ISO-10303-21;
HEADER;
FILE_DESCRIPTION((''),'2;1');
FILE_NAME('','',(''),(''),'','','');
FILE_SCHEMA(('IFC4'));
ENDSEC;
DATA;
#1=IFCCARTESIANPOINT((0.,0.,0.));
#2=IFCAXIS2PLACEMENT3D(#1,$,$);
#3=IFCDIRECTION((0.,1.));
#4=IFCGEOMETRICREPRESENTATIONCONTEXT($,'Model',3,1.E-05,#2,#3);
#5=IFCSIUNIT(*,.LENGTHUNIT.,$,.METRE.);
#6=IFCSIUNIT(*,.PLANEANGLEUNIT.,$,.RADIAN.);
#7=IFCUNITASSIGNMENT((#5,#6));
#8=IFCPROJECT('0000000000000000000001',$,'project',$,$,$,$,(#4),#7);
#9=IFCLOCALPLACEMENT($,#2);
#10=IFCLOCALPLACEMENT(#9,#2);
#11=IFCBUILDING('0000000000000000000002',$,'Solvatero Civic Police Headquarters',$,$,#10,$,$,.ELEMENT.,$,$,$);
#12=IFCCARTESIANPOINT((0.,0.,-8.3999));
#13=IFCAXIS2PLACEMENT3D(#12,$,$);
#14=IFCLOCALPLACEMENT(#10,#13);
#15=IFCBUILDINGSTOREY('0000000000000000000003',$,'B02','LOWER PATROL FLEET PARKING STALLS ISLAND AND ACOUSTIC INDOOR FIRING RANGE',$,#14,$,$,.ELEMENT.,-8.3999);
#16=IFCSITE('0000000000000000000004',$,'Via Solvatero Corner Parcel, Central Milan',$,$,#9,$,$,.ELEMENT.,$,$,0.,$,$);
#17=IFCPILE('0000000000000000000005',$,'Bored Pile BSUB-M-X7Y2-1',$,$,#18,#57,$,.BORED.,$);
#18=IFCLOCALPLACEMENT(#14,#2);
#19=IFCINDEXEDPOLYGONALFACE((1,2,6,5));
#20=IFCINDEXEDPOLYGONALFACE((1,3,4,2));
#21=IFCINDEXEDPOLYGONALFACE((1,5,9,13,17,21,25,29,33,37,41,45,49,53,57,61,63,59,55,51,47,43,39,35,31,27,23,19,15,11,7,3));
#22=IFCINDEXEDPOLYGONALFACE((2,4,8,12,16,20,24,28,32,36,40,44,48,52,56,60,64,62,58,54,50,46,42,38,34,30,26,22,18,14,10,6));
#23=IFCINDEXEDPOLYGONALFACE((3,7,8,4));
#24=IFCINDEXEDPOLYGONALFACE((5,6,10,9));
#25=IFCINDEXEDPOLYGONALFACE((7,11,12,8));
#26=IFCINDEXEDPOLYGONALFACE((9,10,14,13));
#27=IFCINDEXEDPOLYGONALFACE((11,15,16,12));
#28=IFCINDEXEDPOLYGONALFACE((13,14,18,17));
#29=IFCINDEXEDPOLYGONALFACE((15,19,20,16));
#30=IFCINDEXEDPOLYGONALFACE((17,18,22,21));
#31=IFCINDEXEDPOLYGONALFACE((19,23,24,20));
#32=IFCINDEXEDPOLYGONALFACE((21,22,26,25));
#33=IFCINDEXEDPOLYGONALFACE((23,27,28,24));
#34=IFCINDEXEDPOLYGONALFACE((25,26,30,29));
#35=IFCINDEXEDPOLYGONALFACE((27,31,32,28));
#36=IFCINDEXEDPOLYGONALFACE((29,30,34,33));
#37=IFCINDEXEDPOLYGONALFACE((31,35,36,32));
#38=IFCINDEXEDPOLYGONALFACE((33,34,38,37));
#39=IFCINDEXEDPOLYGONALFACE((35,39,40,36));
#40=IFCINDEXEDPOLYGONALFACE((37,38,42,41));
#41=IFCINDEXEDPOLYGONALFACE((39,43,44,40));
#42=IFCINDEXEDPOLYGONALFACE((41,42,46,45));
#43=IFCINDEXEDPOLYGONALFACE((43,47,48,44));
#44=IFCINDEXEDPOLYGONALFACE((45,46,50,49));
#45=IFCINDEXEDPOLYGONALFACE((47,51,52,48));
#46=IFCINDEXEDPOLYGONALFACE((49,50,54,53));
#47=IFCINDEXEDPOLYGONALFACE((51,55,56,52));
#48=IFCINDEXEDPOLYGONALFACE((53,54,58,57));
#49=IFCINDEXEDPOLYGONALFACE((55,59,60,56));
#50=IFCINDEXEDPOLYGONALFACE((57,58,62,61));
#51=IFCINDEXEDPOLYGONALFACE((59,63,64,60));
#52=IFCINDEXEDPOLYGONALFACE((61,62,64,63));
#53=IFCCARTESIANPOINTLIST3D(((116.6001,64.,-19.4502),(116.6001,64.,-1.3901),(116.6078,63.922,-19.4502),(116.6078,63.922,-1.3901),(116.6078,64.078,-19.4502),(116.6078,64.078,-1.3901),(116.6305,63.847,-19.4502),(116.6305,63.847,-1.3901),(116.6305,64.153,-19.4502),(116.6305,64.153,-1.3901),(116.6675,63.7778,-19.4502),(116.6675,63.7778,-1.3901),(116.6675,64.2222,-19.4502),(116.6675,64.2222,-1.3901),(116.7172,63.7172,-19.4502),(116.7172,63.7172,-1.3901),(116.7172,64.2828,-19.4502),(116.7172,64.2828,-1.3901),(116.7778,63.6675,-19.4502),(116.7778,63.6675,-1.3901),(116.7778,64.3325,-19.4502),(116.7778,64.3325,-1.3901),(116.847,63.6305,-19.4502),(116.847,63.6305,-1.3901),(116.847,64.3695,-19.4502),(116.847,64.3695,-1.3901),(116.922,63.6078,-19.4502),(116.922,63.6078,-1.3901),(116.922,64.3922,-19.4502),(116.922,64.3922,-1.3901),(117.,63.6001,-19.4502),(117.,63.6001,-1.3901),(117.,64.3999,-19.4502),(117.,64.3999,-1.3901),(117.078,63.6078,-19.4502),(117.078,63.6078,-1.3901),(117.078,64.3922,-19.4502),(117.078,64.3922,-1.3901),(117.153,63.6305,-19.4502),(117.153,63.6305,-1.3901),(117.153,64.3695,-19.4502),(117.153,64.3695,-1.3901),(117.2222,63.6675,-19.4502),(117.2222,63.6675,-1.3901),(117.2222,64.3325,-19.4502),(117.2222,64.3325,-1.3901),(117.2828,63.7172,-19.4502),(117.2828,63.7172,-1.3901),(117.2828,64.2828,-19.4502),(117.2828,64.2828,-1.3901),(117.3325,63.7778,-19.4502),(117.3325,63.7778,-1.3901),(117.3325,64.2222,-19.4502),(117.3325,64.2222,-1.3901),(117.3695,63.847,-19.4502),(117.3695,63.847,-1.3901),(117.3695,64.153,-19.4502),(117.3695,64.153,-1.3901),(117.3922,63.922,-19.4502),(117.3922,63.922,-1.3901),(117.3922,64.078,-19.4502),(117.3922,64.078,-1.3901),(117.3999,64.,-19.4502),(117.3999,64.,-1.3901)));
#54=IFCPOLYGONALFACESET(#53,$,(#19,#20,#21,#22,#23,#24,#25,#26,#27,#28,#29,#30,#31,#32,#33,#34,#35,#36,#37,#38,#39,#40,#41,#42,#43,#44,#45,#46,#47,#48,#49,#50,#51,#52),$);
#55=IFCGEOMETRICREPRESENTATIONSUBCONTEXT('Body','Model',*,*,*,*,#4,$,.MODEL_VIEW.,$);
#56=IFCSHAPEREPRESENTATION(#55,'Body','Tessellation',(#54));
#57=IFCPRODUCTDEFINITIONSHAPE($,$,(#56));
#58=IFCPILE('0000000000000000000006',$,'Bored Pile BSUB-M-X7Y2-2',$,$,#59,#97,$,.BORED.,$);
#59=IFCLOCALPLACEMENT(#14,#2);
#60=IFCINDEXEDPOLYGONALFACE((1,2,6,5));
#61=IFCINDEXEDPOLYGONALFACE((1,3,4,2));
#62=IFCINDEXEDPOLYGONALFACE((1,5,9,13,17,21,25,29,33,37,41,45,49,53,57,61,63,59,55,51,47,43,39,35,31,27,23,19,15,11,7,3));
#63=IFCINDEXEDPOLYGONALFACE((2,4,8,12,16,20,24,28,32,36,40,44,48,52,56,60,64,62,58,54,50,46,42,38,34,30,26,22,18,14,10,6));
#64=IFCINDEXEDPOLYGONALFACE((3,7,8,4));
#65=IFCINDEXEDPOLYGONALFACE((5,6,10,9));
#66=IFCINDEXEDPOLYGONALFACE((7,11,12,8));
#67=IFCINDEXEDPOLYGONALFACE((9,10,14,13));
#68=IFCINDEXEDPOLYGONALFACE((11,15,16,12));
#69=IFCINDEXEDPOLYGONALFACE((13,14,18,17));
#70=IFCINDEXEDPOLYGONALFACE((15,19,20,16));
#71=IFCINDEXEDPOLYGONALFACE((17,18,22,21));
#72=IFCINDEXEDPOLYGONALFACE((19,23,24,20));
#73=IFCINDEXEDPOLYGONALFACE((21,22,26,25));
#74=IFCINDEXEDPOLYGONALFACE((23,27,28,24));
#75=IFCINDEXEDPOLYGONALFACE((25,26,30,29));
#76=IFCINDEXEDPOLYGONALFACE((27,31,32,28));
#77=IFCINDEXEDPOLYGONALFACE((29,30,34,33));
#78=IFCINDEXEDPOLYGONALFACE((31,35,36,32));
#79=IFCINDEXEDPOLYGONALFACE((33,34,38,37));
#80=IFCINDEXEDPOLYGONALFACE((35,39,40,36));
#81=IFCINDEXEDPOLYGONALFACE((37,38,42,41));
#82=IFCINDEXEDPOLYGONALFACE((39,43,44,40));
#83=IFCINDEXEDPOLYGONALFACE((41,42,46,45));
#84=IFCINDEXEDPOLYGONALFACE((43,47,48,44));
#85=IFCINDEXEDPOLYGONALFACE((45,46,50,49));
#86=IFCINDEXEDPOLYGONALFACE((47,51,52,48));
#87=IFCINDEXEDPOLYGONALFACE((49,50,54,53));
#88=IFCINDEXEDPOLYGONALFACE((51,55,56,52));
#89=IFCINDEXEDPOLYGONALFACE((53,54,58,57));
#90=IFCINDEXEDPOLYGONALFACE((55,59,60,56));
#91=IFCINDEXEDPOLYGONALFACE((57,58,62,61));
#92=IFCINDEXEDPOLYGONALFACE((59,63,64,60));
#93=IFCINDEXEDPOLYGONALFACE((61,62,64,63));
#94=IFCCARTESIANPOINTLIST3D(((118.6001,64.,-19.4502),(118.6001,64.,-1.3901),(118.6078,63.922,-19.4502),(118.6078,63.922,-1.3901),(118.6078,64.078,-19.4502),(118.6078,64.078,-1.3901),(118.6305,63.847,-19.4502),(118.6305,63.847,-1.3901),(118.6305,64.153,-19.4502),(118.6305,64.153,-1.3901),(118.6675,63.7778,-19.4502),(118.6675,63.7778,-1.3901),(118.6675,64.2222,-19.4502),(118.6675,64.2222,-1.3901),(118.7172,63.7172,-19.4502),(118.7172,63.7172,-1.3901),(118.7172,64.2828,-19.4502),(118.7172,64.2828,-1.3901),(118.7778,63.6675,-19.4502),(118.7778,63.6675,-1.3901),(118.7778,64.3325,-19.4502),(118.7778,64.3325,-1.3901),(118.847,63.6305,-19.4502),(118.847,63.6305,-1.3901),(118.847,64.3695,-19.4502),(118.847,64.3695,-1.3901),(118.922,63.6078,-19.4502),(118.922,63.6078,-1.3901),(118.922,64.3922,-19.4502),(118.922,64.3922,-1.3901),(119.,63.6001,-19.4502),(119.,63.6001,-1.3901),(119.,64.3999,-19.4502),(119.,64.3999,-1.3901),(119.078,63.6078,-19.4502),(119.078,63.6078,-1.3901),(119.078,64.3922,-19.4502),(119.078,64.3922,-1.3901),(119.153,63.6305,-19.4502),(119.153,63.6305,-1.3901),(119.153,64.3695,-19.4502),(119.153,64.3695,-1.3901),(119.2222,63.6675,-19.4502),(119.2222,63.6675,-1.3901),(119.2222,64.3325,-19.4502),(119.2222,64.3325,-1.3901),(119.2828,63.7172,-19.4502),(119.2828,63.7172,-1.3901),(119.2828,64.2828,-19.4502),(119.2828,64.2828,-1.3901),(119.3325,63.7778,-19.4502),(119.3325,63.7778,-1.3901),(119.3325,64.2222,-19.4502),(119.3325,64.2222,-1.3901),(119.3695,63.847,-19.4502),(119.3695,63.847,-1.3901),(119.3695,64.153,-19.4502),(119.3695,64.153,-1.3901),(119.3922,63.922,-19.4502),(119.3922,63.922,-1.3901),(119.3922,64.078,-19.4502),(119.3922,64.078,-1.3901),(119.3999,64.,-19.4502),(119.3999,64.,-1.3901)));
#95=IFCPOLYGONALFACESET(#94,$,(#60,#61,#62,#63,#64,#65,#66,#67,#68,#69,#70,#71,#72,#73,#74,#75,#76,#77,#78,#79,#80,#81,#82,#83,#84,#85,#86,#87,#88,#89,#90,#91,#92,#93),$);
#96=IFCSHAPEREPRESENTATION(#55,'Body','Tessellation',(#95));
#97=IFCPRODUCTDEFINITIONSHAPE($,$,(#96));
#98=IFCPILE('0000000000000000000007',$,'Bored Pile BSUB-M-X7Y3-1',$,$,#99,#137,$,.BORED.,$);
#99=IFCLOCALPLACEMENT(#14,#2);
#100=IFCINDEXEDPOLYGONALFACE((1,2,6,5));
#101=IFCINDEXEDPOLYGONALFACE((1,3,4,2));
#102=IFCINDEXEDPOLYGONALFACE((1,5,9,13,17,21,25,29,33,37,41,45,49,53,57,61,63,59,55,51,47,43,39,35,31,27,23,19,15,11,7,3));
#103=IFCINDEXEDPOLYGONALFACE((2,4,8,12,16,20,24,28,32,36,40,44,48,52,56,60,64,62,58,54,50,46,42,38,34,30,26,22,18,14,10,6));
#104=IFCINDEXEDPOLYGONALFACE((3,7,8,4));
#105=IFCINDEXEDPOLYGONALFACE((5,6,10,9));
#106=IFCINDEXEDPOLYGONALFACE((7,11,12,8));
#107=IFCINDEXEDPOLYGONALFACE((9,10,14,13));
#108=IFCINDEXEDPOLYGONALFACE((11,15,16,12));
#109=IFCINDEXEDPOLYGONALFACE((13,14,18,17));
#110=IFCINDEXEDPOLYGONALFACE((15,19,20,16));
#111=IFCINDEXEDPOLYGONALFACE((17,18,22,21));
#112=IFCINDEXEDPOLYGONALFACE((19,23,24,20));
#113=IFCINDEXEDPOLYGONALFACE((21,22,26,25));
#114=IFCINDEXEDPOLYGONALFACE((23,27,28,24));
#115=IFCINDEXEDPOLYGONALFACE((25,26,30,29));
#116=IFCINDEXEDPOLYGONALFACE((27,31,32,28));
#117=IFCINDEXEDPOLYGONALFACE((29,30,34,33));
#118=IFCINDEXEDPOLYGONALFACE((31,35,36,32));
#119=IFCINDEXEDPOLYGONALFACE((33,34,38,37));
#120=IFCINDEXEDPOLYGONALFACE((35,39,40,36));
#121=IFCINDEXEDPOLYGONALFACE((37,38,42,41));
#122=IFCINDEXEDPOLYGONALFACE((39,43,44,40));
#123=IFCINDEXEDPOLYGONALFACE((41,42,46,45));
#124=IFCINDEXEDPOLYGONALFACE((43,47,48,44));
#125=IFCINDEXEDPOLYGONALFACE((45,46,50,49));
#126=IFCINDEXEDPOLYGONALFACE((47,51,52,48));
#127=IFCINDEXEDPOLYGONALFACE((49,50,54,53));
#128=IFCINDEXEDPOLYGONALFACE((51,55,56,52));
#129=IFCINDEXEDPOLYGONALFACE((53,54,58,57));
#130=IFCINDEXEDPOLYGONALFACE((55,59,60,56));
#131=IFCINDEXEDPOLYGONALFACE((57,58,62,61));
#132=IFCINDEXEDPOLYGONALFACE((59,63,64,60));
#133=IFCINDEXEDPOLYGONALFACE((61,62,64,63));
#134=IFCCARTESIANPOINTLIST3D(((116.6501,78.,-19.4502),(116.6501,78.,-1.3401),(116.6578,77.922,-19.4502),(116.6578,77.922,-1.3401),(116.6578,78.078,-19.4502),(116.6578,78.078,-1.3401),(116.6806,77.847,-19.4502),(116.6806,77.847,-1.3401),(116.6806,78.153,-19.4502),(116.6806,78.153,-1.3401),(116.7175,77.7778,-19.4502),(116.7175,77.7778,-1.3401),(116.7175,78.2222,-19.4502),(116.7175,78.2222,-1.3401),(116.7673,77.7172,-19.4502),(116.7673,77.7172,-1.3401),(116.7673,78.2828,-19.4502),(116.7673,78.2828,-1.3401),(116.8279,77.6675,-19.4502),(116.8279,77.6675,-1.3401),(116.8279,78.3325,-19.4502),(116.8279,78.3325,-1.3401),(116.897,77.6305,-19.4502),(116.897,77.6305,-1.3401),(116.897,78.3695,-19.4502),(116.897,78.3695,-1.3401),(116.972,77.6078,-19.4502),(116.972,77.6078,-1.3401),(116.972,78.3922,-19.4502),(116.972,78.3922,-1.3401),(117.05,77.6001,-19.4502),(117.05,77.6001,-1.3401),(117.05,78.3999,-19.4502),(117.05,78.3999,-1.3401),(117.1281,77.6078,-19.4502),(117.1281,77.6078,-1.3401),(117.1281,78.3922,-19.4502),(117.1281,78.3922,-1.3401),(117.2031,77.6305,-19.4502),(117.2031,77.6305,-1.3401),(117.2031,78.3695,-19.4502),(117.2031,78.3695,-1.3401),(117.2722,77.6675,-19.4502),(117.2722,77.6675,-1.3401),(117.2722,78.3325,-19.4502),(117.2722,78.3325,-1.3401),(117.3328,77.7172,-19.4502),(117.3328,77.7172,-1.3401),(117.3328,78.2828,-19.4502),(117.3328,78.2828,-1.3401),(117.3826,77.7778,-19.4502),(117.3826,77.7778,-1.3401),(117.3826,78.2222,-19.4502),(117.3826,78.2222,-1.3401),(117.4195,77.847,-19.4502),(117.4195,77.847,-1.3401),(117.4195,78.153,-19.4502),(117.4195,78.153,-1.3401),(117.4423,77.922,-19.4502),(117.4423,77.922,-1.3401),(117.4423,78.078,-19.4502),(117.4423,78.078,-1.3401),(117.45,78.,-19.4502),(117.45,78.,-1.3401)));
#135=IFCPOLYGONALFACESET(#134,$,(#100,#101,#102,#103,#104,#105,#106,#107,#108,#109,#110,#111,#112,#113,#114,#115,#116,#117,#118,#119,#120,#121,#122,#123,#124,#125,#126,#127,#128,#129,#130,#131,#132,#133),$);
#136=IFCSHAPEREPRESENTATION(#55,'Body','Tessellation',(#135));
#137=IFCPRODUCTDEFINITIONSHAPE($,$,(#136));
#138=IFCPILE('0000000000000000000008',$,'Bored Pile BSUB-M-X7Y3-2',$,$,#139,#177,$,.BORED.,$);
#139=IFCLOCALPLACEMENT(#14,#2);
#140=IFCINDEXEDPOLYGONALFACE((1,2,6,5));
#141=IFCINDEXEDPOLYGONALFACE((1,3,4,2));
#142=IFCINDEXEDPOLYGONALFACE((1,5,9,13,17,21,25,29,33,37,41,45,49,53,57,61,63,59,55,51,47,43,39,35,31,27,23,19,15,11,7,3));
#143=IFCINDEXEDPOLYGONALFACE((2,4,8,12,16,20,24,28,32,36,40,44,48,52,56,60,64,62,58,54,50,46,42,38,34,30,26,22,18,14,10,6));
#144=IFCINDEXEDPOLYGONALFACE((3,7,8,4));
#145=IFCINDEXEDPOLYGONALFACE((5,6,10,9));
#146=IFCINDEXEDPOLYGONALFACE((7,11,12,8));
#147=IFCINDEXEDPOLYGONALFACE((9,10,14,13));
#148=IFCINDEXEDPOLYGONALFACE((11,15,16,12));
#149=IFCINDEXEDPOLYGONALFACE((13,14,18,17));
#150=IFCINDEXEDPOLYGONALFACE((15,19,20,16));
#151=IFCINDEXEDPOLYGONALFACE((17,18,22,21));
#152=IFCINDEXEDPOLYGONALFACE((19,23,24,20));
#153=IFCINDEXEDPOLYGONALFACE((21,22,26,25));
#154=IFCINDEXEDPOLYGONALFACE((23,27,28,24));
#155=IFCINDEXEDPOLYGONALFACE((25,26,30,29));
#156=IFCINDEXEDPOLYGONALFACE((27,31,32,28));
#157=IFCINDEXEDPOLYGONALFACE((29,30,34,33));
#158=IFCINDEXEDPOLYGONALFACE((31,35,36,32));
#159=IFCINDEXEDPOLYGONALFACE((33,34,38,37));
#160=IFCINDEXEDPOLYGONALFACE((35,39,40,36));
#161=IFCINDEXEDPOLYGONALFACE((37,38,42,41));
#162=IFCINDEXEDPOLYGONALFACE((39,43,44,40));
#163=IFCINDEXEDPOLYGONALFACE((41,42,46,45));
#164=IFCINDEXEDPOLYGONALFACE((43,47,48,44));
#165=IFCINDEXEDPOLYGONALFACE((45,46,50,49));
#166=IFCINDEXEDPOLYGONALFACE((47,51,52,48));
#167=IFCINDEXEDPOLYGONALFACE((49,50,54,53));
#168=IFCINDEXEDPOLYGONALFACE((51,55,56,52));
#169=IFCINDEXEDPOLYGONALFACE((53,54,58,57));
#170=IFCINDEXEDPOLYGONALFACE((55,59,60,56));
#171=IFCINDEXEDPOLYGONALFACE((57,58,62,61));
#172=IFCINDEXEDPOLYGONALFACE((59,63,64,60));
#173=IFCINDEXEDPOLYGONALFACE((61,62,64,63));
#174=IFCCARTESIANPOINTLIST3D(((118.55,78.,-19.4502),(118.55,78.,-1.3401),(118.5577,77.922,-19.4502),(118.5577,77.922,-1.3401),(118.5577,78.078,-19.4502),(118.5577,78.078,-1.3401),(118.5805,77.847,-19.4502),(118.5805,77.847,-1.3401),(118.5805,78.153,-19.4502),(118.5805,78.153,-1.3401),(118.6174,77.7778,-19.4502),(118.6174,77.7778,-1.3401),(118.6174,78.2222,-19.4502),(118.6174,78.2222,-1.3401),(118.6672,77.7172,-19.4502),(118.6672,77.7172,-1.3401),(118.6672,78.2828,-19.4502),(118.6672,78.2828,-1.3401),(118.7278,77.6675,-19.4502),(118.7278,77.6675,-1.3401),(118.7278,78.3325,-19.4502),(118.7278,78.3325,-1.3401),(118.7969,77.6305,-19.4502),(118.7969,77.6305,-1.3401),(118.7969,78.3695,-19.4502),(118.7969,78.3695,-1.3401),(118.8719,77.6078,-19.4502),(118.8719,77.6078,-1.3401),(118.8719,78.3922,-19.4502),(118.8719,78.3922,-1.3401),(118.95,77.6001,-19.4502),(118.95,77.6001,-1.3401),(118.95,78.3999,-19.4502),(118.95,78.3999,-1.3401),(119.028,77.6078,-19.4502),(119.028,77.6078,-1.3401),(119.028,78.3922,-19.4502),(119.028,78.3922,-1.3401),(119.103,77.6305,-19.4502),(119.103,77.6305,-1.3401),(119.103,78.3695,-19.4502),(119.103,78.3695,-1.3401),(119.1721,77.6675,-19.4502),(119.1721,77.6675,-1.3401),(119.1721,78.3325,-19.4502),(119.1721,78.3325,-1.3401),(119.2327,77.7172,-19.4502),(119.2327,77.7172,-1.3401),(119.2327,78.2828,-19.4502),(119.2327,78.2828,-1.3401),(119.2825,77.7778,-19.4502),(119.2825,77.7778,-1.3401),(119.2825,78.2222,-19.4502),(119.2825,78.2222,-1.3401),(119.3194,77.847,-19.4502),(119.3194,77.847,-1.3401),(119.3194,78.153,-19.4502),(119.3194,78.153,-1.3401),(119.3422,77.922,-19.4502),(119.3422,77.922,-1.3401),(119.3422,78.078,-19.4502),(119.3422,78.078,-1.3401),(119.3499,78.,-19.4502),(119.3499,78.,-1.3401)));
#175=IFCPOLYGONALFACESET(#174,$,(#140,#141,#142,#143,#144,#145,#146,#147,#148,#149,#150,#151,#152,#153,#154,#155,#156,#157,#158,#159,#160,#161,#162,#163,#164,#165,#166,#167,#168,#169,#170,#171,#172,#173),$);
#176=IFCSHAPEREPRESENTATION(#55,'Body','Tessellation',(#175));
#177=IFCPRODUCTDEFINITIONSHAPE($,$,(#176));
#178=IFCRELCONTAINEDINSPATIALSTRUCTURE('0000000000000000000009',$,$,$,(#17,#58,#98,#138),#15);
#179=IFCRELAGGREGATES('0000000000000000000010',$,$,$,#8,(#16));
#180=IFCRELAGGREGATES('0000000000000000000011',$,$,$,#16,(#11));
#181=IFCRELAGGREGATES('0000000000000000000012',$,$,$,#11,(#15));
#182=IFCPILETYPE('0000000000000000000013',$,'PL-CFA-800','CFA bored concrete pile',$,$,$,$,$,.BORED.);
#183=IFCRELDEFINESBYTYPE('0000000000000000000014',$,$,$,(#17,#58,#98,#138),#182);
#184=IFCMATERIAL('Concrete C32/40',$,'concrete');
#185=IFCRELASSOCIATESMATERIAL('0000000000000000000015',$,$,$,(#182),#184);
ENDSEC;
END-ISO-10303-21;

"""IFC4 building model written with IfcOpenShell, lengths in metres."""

from ifc_helpers import new_model, si_unit, direction, frame, origin, origin_2d, place, context, subcontext, project, spatial, circle, extrude, material, material_profile, profile_set, type_object, element, save


model = new_model("IFC4")

# Units and contexts
model_context = context("Model", 3, precision=1e-05, world=origin(), true_north=direction((0.0, 1.0)))
body_context = subcontext(model_context, "Body", "Model", "MODEL_VIEW")
ifc_project = project(units=[si_unit("LENGTHUNIT", "METRE"), si_unit("PLANEANGLEUNIT", "RADIAN")], contexts=[model_context])

# Site, building, storey
site_placement = place(None, origin())
site = spatial("IfcSite", under=ifc_project, at=site_placement, Name="Via Solvatero Corner Parcel, Central Milan", CompositionType="ELEMENT", RefElevation=0.0)
building_placement = place(site_placement, origin())
building = spatial("IfcBuilding", under=site, at=building_placement, Name="Solvatero Civic Police Headquarters", CompositionType="ELEMENT")
storey_placement = place(building_placement, frame((0.0, 0.0, -8.3999)))
storey = spatial("IfcBuildingStorey", under=building, at=storey_placement, Name="B02", Description="LOWER PATROL FLEET PARKING STALLS ISLAND AND ACOUSTIC INDOOR FIRING RANGE", CompositionType="ELEMENT", Elevation=-8.3999)

# Piles
ifc_material_1 = material(Name="Concrete C32/40", Category="concrete")
ifc_material_profile_1 = material_profile(ifc_material_1, circle(Radius=0.3999, at=origin_2d()), Name="CFA PILE D800")
ifc_profile_set_1 = profile_set([ifc_material_profile_1], Name="Concrete C32/40")
pile_type = type_object("IfcPileType", Name="PL-CFA-800", Description="CFA bored concrete pile", PredefinedType="BORED", material=ifc_profile_set_1)
for number, where, z_axis, x_axis, name in (
    (1, (117.0, 64.0, -1.3901), (0.0, 0.0, -1.0), (1.0, 0.0, 0.0), "Bored Pile BSUB-M-X7Y2-1"),
    (2, (119.0, 64.0, -1.3901), (0.0, 0.0, -1.0), (1.0, 0.0, 0.0), "Bored Pile BSUB-M-X7Y2-2"),
):
    element("IfcPile", number, at=place(storey_placement, frame(where, z_axis=z_axis, x_axis=x_axis)), inside=storey, type_object=pile_type, Name=name, PredefinedType="BORED", context=body_context, shape_type="SweptSolid", body=[
        extrude(circle(Radius=0.3999, at=origin_2d()), origin(), (0.0, 0.0, 1.0), 18.0601),
    ])
for number, where, z_axis, x_axis, name in (
    (3, (117.05, 78.0, -1.3401), (0.0, 0.0, -1.0), (1.0, 0.0, 0.0), "Bored Pile BSUB-M-X7Y3-1"),
    (4, (118.95, 78.0, -1.3401), (0.0, 0.0, -1.0), (1.0, 0.0, 0.0), "Bored Pile BSUB-M-X7Y3-2"),
):
    element("IfcPile", number, at=place(storey_placement, frame(where, z_axis=z_axis, x_axis=x_axis)), inside=storey, type_object=pile_type, Name=name, PredefinedType="BORED", context=body_context, shape_type="SweptSolid", body=[
        extrude(circle(Radius=0.3999, at=origin_2d()), origin(), (0.0, 0.0, 1.0), 18.1101),
    ])

save(model, "model.ifc")
